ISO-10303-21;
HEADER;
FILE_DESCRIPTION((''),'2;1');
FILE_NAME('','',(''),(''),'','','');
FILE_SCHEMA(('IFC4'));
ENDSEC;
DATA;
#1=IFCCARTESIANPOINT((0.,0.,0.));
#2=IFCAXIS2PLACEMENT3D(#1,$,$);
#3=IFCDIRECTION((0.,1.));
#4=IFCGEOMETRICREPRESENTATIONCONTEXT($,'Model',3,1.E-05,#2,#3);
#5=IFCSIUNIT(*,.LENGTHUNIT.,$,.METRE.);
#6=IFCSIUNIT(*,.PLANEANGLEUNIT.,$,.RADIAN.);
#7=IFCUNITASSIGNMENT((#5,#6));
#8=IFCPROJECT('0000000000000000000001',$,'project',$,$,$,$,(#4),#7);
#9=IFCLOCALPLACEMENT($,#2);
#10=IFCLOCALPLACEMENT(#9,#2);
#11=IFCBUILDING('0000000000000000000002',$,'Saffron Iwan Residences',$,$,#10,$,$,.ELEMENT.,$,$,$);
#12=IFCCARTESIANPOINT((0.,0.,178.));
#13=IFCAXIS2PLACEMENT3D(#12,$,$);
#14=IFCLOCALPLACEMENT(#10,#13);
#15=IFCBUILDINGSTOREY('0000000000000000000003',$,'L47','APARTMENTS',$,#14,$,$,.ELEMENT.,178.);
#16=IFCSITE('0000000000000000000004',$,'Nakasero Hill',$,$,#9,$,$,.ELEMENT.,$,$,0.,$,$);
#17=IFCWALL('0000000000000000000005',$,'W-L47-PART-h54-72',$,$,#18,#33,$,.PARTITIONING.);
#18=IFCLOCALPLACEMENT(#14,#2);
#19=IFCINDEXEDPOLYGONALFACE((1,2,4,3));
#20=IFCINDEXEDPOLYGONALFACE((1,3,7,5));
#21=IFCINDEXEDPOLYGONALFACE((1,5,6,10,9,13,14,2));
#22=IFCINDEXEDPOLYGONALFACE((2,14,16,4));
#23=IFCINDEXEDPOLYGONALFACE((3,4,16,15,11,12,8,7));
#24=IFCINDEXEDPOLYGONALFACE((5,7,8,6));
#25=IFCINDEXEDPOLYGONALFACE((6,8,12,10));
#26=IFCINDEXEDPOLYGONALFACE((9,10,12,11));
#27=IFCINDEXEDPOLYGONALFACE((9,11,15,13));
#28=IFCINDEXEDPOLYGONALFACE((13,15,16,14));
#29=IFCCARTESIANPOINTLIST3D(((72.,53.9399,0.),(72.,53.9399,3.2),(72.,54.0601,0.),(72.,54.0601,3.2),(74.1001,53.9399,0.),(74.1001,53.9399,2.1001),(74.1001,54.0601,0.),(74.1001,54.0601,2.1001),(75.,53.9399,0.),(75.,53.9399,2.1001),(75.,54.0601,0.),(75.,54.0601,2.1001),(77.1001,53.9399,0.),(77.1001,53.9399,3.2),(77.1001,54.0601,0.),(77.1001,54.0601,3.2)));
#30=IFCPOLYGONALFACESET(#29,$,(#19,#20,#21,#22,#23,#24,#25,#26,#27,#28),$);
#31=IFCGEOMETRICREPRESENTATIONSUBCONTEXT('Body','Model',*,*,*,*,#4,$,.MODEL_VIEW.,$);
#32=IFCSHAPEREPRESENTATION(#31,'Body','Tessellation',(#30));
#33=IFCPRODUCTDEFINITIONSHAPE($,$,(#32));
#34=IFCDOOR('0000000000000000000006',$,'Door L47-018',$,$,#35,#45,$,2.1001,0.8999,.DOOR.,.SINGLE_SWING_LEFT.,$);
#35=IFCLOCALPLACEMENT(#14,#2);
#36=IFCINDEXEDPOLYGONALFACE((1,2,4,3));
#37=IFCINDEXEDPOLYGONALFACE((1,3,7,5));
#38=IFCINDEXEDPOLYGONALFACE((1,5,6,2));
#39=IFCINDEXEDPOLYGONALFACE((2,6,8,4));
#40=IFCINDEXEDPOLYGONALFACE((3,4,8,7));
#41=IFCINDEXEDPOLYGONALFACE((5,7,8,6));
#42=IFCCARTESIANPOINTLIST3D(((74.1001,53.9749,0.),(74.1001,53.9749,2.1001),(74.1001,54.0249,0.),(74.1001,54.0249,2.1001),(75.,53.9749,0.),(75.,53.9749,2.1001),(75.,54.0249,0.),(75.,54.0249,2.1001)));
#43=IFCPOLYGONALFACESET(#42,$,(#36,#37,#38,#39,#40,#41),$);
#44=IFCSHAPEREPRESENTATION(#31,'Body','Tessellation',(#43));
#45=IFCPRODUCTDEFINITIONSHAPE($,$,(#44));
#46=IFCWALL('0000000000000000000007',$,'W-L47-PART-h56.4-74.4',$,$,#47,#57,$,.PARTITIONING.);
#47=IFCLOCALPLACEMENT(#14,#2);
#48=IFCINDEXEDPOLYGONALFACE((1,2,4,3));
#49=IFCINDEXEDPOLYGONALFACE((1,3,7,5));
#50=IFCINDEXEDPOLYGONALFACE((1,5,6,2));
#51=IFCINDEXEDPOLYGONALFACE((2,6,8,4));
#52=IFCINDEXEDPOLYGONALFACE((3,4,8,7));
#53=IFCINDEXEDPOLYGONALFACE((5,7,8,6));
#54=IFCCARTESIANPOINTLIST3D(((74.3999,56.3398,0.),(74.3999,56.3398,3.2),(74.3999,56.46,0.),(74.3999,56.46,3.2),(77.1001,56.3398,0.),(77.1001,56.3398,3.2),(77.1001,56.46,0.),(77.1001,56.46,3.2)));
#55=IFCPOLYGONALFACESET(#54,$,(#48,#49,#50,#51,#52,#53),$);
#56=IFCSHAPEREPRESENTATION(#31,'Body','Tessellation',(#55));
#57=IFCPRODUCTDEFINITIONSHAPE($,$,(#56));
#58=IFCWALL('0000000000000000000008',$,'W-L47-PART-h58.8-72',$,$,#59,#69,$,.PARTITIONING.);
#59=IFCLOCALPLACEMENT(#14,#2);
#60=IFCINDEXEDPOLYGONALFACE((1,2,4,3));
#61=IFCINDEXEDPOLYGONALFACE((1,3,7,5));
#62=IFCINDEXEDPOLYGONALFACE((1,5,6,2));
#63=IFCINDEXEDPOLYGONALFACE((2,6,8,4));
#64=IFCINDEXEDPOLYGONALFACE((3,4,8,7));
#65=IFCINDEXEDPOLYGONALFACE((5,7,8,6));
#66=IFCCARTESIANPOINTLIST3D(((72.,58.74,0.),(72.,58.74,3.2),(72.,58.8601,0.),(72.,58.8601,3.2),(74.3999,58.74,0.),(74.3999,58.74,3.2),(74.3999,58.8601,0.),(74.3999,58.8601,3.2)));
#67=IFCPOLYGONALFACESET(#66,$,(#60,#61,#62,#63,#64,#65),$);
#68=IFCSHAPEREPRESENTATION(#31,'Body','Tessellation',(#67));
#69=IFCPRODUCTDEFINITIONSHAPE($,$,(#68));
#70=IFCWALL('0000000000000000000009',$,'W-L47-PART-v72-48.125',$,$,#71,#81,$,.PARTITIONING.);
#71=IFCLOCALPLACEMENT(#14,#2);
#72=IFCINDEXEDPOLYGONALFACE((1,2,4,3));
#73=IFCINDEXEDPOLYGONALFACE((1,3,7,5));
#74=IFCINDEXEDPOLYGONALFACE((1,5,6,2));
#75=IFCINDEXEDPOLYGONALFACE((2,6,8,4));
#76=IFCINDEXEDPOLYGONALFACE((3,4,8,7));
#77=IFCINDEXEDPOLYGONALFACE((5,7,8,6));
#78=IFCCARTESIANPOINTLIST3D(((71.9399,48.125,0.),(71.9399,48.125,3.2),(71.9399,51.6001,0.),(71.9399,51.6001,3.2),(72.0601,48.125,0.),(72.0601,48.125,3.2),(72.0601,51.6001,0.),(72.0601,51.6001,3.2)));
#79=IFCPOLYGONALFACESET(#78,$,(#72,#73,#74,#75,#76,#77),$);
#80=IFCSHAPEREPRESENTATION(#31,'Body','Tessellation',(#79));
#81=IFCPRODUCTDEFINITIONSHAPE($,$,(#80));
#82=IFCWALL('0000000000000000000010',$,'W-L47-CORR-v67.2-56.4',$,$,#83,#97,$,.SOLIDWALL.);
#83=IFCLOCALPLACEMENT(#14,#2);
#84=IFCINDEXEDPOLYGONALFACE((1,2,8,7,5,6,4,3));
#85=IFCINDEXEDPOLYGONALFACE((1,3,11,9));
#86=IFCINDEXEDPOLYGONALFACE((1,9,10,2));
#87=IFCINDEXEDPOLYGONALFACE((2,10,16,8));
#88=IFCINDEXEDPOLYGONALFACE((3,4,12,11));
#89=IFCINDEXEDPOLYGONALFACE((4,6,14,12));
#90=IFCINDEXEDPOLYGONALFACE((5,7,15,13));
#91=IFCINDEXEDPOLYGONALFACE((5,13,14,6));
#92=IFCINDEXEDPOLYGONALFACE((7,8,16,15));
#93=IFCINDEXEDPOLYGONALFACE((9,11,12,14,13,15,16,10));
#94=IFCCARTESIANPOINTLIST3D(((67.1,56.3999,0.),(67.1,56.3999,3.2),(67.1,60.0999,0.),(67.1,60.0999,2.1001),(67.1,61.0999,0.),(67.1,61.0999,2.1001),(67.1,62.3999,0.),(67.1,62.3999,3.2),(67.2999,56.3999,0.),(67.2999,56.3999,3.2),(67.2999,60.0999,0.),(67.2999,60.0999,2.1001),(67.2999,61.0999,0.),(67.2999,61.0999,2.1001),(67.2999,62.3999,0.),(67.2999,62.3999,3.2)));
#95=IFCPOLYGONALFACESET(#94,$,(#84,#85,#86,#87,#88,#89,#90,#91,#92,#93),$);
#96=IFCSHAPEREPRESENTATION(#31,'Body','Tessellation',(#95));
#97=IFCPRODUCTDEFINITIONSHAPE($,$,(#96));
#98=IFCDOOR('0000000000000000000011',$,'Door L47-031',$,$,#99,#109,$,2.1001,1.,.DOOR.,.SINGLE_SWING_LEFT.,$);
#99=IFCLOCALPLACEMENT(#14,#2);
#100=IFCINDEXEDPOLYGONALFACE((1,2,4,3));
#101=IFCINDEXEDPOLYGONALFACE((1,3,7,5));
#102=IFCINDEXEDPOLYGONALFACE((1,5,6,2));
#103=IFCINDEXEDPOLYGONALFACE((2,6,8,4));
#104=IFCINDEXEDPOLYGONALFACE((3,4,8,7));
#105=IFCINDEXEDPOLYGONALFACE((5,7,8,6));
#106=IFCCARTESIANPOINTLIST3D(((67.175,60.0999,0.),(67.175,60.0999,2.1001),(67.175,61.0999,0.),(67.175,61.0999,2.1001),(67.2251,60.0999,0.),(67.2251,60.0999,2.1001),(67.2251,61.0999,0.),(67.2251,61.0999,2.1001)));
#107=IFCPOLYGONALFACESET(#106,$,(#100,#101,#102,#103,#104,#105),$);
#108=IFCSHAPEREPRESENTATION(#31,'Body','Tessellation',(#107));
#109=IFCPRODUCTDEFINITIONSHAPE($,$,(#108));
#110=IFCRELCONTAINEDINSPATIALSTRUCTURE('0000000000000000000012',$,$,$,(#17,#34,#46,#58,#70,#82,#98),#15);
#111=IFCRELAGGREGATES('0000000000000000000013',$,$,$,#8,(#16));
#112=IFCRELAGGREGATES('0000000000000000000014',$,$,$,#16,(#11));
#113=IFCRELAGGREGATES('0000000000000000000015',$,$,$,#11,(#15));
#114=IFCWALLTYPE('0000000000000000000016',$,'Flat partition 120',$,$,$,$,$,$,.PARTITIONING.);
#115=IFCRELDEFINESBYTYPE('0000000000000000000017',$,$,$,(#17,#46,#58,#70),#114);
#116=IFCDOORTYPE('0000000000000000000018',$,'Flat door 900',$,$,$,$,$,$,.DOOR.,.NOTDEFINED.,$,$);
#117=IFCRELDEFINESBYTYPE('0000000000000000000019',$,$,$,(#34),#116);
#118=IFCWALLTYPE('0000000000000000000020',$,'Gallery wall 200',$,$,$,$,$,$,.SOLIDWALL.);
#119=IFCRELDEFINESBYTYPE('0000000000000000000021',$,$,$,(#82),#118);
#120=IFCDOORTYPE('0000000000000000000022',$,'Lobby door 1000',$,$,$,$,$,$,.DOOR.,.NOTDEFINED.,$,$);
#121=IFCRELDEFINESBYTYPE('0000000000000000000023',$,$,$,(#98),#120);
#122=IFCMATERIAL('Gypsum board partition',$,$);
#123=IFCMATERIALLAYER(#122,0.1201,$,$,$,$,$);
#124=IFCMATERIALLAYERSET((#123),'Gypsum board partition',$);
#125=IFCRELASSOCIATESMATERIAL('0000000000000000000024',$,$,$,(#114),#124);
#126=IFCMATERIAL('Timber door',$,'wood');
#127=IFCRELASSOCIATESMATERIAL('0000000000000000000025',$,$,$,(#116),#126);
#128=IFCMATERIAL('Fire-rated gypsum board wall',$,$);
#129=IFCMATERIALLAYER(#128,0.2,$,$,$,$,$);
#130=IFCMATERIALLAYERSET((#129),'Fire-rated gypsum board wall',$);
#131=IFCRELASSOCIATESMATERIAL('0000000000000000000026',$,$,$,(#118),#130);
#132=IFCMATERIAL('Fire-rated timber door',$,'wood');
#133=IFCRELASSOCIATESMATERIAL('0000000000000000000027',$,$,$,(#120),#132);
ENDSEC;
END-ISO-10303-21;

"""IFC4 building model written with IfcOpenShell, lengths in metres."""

from ifc_helpers import new_model, si_unit, direction, frame, frame_2d, origin, place, context, subcontext, project, spatial, rectangle, extrude, material, layer, layer_set, type_object, element, fill, save


model = new_model("IFC4")

# Units and contexts
model_context = context("Model", 3, precision=1e-05, world=origin(), true_north=direction((0.0, 1.0)))
body_context = subcontext(model_context, "Body", "Model", "MODEL_VIEW")
ifc_project = project(units=[si_unit("LENGTHUNIT", "METRE"), si_unit("PLANEANGLEUNIT", "RADIAN")], contexts=[model_context])

# Site, building, storey
site_placement = place(None, origin())
site = spatial("IfcSite", under=ifc_project, at=site_placement, Name="Nakasero Hill", CompositionType="ELEMENT", RefElevation=0.0)
building_placement = place(site_placement, origin())
building = spatial("IfcBuilding", under=site, at=building_placement, Name="Saffron Iwan Residences", CompositionType="ELEMENT")
storey_placement = place(building_placement, frame((0.0, 0.0, 178.0)))
storey = spatial("IfcBuildingStorey", under=building, at=storey_placement, Name="L47", Description="APARTMENTS", CompositionType="ELEMENT", Elevation=178.0)

# Shared definitions
ifc_material_1 = material(Name="Fire-rated gypsum board wall")

# Shared definitions
ifc_material_2 = material(Name="Gypsum board partition")
ifc_layer_1 = layer(ifc_material_2, 0.1201)
ifc_layer_set_1 = layer_set([ifc_layer_1], Name="Gypsum board partition")
wall_type_1 = type_object("IfcWallType", Name="Flat partition 120", PredefinedType="PARTITIONING", material=ifc_layer_set_1)
ifc_material_3 = material(Name="Timber door", Category="wood")
door_type_1 = type_object("IfcDoorType", Name="Flat door 900", OperationType="NOTDEFINED", PredefinedType="DOOR", material=ifc_material_3)

# Wall, opening, door
wall_1_placement = place(storey_placement, frame((72.0, 54.0, 0.0), z_axis=(0.0, 0.0, 1.0), x_axis=(1.0, 0.0, 0.0)))
wall_1 = element("IfcWall", 1, at=wall_1_placement, inside=storey, type_object=wall_type_1, Name="W-L47-PART-h54-72", PredefinedType="PARTITIONING", context=body_context, shape_type="SweptSolid", body=[
    extrude(rectangle(XDim=5.1001, YDim=0.1201, at=frame_2d((2.55, 0.0))), origin(), (0.0, 0.0, 1.0), 3.2),
])
opening_1_placement = place(wall_1_placement, frame((2.1001, 0.0, 0.0)))
opening_1 = element("IfcOpeningElement", 2, at=opening_1_placement, cuts=wall_1, PredefinedType="OPENING", context=body_context, shape_type="SweptSolid", body=[
    extrude(rectangle(XDim=0.8999, YDim=2.1001, at=frame_2d((0.45, 1.05))), frame((0.0, 0.0701, 0.0), z_axis=(0.0, -1.0, 0.0), x_axis=(1.0, 0.0, 0.0)), (0.0, 0.0, 1.0), 0.1401),
])
door_1_placement = place(opening_1_placement, origin())
door_1 = element("IfcDoor", 3, at=door_1_placement, inside=storey, type_object=door_type_1, Name="Door L47-018", OperationType="SINGLE_SWING_LEFT", OverallHeight=2.1001, OverallWidth=0.8999, PredefinedType="DOOR", context=body_context, shape_type="SweptSolid", body=[
    extrude(rectangle(XDim=0.8999, YDim=2.1001, at=frame_2d((0.45, 1.05))), frame((0.0, 0.0249, 0.0), z_axis=(0.0, -1.0, 0.0), x_axis=(1.0, 0.0, 0.0)), (0.0, 0.0, 1.0), 0.05),
])
fill(opening_1, door_1)

# Walls
wall_2_placement = place(storey_placement, frame((74.3999, 56.3999, 0.0), z_axis=(0.0, 0.0, 1.0), x_axis=(1.0, 0.0, 0.0)))
element("IfcWall", 4, at=wall_2_placement, inside=storey, type_object=wall_type_1, Name="W-L47-PART-h56.4-74.4", PredefinedType="PARTITIONING", context=body_context, shape_type="SweptSolid", body=[
    extrude(rectangle(XDim=2.7002, YDim=0.1201, at=frame_2d((1.3501, 0.0))), origin(), (0.0, 0.0, 1.0), 3.2),
])
wall_3_placement = place(storey_placement, frame((72.0, 58.8, 0.0), z_axis=(0.0, 0.0, 1.0), x_axis=(1.0, 0.0, 0.0)))
element("IfcWall", 5, at=wall_3_placement, inside=storey, type_object=wall_type_1, Name="W-L47-PART-h58.8-72", PredefinedType="PARTITIONING", context=body_context, shape_type="SweptSolid", body=[
    extrude(rectangle(XDim=2.3999, YDim=0.1201, at=frame_2d((1.2, 0.0))), origin(), (0.0, 0.0, 1.0), 3.2),
])
wall_4_placement = place(storey_placement, frame((72.0, 48.125, 0.0), z_axis=(0.0, 0.0, 1.0), x_axis=(0.0, 1.0, 0.0)))
element("IfcWall", 6, at=wall_4_placement, inside=storey, type_object=wall_type_1, Name="W-L47-PART-v72-48.125", PredefinedType="PARTITIONING", context=body_context, shape_type="SweptSolid", body=[
    extrude(rectangle(XDim=3.4751, YDim=0.1201, at=frame_2d((1.7375, 0.0))), origin(), (0.0, 0.0, 1.0), 3.2),
])

# Wall, opening, door
ifc_layer_2 = layer(ifc_material_1, 0.2)
ifc_layer_set_2 = layer_set([ifc_layer_2], Name="Fire-rated gypsum board wall")
wall_type_2 = type_object("IfcWallType", Name="Gallery wall 200", PredefinedType="SOLIDWALL", material=ifc_layer_set_2)
wall_5_placement = place(storey_placement, frame((67.2, 56.3999, 0.0), z_axis=(0.0, 0.0, 1.0), x_axis=(0.0, 1.0, 0.0)))
wall_5 = element("IfcWall", 7, at=wall_5_placement, inside=storey, type_object=wall_type_2, Name="W-L47-CORR-v67.2-56.4", PredefinedType="SOLIDWALL", context=body_context, shape_type="SweptSolid", body=[
    extrude(rectangle(XDim=6.0, YDim=0.2, at=frame_2d((3.0, 0.0))), origin(), (0.0, 0.0, 1.0), 3.2),
])
opening_2_placement = place(wall_5_placement, frame((3.7, 0.0, 0.0)))
opening_2 = element("IfcOpeningElement", 8, at=opening_2_placement, cuts=wall_5, PredefinedType="OPENING", context=body_context, shape_type="SweptSolid", body=[
    extrude(rectangle(XDim=1.0, YDim=2.1001, at=frame_2d((0.5, 1.05))), frame((0.0, 0.1099, 0.0), z_axis=(0.0, -1.0, 0.0), x_axis=(1.0, 0.0, 0.0)), (0.0, 0.0, 1.0), 0.22),
])
ifc_material_4 = material(Name="Fire-rated timber door", Category="wood")
door_type_2 = type_object("IfcDoorType", Name="Lobby door 1000", OperationType="NOTDEFINED", PredefinedType="DOOR", material=ifc_material_4)
door_2_placement = place(opening_2_placement, origin())
door_2 = element("IfcDoor", 9, at=door_2_placement, inside=storey, type_object=door_type_2, Name="Door L47-031", OperationType="SINGLE_SWING_LEFT", OverallHeight=2.1001, OverallWidth=1.0, PredefinedType="DOOR", context=body_context, shape_type="SweptSolid", body=[
    extrude(rectangle(XDim=1.0, YDim=2.1001, at=frame_2d((0.5, 1.05))), frame((0.0, 0.0249, 0.0), z_axis=(0.0, -1.0, 0.0), x_axis=(1.0, 0.0, 0.0)), (0.0, 0.0, 1.0), 0.05),
])
fill(opening_2, door_2)

save(model, "model.ifc")
